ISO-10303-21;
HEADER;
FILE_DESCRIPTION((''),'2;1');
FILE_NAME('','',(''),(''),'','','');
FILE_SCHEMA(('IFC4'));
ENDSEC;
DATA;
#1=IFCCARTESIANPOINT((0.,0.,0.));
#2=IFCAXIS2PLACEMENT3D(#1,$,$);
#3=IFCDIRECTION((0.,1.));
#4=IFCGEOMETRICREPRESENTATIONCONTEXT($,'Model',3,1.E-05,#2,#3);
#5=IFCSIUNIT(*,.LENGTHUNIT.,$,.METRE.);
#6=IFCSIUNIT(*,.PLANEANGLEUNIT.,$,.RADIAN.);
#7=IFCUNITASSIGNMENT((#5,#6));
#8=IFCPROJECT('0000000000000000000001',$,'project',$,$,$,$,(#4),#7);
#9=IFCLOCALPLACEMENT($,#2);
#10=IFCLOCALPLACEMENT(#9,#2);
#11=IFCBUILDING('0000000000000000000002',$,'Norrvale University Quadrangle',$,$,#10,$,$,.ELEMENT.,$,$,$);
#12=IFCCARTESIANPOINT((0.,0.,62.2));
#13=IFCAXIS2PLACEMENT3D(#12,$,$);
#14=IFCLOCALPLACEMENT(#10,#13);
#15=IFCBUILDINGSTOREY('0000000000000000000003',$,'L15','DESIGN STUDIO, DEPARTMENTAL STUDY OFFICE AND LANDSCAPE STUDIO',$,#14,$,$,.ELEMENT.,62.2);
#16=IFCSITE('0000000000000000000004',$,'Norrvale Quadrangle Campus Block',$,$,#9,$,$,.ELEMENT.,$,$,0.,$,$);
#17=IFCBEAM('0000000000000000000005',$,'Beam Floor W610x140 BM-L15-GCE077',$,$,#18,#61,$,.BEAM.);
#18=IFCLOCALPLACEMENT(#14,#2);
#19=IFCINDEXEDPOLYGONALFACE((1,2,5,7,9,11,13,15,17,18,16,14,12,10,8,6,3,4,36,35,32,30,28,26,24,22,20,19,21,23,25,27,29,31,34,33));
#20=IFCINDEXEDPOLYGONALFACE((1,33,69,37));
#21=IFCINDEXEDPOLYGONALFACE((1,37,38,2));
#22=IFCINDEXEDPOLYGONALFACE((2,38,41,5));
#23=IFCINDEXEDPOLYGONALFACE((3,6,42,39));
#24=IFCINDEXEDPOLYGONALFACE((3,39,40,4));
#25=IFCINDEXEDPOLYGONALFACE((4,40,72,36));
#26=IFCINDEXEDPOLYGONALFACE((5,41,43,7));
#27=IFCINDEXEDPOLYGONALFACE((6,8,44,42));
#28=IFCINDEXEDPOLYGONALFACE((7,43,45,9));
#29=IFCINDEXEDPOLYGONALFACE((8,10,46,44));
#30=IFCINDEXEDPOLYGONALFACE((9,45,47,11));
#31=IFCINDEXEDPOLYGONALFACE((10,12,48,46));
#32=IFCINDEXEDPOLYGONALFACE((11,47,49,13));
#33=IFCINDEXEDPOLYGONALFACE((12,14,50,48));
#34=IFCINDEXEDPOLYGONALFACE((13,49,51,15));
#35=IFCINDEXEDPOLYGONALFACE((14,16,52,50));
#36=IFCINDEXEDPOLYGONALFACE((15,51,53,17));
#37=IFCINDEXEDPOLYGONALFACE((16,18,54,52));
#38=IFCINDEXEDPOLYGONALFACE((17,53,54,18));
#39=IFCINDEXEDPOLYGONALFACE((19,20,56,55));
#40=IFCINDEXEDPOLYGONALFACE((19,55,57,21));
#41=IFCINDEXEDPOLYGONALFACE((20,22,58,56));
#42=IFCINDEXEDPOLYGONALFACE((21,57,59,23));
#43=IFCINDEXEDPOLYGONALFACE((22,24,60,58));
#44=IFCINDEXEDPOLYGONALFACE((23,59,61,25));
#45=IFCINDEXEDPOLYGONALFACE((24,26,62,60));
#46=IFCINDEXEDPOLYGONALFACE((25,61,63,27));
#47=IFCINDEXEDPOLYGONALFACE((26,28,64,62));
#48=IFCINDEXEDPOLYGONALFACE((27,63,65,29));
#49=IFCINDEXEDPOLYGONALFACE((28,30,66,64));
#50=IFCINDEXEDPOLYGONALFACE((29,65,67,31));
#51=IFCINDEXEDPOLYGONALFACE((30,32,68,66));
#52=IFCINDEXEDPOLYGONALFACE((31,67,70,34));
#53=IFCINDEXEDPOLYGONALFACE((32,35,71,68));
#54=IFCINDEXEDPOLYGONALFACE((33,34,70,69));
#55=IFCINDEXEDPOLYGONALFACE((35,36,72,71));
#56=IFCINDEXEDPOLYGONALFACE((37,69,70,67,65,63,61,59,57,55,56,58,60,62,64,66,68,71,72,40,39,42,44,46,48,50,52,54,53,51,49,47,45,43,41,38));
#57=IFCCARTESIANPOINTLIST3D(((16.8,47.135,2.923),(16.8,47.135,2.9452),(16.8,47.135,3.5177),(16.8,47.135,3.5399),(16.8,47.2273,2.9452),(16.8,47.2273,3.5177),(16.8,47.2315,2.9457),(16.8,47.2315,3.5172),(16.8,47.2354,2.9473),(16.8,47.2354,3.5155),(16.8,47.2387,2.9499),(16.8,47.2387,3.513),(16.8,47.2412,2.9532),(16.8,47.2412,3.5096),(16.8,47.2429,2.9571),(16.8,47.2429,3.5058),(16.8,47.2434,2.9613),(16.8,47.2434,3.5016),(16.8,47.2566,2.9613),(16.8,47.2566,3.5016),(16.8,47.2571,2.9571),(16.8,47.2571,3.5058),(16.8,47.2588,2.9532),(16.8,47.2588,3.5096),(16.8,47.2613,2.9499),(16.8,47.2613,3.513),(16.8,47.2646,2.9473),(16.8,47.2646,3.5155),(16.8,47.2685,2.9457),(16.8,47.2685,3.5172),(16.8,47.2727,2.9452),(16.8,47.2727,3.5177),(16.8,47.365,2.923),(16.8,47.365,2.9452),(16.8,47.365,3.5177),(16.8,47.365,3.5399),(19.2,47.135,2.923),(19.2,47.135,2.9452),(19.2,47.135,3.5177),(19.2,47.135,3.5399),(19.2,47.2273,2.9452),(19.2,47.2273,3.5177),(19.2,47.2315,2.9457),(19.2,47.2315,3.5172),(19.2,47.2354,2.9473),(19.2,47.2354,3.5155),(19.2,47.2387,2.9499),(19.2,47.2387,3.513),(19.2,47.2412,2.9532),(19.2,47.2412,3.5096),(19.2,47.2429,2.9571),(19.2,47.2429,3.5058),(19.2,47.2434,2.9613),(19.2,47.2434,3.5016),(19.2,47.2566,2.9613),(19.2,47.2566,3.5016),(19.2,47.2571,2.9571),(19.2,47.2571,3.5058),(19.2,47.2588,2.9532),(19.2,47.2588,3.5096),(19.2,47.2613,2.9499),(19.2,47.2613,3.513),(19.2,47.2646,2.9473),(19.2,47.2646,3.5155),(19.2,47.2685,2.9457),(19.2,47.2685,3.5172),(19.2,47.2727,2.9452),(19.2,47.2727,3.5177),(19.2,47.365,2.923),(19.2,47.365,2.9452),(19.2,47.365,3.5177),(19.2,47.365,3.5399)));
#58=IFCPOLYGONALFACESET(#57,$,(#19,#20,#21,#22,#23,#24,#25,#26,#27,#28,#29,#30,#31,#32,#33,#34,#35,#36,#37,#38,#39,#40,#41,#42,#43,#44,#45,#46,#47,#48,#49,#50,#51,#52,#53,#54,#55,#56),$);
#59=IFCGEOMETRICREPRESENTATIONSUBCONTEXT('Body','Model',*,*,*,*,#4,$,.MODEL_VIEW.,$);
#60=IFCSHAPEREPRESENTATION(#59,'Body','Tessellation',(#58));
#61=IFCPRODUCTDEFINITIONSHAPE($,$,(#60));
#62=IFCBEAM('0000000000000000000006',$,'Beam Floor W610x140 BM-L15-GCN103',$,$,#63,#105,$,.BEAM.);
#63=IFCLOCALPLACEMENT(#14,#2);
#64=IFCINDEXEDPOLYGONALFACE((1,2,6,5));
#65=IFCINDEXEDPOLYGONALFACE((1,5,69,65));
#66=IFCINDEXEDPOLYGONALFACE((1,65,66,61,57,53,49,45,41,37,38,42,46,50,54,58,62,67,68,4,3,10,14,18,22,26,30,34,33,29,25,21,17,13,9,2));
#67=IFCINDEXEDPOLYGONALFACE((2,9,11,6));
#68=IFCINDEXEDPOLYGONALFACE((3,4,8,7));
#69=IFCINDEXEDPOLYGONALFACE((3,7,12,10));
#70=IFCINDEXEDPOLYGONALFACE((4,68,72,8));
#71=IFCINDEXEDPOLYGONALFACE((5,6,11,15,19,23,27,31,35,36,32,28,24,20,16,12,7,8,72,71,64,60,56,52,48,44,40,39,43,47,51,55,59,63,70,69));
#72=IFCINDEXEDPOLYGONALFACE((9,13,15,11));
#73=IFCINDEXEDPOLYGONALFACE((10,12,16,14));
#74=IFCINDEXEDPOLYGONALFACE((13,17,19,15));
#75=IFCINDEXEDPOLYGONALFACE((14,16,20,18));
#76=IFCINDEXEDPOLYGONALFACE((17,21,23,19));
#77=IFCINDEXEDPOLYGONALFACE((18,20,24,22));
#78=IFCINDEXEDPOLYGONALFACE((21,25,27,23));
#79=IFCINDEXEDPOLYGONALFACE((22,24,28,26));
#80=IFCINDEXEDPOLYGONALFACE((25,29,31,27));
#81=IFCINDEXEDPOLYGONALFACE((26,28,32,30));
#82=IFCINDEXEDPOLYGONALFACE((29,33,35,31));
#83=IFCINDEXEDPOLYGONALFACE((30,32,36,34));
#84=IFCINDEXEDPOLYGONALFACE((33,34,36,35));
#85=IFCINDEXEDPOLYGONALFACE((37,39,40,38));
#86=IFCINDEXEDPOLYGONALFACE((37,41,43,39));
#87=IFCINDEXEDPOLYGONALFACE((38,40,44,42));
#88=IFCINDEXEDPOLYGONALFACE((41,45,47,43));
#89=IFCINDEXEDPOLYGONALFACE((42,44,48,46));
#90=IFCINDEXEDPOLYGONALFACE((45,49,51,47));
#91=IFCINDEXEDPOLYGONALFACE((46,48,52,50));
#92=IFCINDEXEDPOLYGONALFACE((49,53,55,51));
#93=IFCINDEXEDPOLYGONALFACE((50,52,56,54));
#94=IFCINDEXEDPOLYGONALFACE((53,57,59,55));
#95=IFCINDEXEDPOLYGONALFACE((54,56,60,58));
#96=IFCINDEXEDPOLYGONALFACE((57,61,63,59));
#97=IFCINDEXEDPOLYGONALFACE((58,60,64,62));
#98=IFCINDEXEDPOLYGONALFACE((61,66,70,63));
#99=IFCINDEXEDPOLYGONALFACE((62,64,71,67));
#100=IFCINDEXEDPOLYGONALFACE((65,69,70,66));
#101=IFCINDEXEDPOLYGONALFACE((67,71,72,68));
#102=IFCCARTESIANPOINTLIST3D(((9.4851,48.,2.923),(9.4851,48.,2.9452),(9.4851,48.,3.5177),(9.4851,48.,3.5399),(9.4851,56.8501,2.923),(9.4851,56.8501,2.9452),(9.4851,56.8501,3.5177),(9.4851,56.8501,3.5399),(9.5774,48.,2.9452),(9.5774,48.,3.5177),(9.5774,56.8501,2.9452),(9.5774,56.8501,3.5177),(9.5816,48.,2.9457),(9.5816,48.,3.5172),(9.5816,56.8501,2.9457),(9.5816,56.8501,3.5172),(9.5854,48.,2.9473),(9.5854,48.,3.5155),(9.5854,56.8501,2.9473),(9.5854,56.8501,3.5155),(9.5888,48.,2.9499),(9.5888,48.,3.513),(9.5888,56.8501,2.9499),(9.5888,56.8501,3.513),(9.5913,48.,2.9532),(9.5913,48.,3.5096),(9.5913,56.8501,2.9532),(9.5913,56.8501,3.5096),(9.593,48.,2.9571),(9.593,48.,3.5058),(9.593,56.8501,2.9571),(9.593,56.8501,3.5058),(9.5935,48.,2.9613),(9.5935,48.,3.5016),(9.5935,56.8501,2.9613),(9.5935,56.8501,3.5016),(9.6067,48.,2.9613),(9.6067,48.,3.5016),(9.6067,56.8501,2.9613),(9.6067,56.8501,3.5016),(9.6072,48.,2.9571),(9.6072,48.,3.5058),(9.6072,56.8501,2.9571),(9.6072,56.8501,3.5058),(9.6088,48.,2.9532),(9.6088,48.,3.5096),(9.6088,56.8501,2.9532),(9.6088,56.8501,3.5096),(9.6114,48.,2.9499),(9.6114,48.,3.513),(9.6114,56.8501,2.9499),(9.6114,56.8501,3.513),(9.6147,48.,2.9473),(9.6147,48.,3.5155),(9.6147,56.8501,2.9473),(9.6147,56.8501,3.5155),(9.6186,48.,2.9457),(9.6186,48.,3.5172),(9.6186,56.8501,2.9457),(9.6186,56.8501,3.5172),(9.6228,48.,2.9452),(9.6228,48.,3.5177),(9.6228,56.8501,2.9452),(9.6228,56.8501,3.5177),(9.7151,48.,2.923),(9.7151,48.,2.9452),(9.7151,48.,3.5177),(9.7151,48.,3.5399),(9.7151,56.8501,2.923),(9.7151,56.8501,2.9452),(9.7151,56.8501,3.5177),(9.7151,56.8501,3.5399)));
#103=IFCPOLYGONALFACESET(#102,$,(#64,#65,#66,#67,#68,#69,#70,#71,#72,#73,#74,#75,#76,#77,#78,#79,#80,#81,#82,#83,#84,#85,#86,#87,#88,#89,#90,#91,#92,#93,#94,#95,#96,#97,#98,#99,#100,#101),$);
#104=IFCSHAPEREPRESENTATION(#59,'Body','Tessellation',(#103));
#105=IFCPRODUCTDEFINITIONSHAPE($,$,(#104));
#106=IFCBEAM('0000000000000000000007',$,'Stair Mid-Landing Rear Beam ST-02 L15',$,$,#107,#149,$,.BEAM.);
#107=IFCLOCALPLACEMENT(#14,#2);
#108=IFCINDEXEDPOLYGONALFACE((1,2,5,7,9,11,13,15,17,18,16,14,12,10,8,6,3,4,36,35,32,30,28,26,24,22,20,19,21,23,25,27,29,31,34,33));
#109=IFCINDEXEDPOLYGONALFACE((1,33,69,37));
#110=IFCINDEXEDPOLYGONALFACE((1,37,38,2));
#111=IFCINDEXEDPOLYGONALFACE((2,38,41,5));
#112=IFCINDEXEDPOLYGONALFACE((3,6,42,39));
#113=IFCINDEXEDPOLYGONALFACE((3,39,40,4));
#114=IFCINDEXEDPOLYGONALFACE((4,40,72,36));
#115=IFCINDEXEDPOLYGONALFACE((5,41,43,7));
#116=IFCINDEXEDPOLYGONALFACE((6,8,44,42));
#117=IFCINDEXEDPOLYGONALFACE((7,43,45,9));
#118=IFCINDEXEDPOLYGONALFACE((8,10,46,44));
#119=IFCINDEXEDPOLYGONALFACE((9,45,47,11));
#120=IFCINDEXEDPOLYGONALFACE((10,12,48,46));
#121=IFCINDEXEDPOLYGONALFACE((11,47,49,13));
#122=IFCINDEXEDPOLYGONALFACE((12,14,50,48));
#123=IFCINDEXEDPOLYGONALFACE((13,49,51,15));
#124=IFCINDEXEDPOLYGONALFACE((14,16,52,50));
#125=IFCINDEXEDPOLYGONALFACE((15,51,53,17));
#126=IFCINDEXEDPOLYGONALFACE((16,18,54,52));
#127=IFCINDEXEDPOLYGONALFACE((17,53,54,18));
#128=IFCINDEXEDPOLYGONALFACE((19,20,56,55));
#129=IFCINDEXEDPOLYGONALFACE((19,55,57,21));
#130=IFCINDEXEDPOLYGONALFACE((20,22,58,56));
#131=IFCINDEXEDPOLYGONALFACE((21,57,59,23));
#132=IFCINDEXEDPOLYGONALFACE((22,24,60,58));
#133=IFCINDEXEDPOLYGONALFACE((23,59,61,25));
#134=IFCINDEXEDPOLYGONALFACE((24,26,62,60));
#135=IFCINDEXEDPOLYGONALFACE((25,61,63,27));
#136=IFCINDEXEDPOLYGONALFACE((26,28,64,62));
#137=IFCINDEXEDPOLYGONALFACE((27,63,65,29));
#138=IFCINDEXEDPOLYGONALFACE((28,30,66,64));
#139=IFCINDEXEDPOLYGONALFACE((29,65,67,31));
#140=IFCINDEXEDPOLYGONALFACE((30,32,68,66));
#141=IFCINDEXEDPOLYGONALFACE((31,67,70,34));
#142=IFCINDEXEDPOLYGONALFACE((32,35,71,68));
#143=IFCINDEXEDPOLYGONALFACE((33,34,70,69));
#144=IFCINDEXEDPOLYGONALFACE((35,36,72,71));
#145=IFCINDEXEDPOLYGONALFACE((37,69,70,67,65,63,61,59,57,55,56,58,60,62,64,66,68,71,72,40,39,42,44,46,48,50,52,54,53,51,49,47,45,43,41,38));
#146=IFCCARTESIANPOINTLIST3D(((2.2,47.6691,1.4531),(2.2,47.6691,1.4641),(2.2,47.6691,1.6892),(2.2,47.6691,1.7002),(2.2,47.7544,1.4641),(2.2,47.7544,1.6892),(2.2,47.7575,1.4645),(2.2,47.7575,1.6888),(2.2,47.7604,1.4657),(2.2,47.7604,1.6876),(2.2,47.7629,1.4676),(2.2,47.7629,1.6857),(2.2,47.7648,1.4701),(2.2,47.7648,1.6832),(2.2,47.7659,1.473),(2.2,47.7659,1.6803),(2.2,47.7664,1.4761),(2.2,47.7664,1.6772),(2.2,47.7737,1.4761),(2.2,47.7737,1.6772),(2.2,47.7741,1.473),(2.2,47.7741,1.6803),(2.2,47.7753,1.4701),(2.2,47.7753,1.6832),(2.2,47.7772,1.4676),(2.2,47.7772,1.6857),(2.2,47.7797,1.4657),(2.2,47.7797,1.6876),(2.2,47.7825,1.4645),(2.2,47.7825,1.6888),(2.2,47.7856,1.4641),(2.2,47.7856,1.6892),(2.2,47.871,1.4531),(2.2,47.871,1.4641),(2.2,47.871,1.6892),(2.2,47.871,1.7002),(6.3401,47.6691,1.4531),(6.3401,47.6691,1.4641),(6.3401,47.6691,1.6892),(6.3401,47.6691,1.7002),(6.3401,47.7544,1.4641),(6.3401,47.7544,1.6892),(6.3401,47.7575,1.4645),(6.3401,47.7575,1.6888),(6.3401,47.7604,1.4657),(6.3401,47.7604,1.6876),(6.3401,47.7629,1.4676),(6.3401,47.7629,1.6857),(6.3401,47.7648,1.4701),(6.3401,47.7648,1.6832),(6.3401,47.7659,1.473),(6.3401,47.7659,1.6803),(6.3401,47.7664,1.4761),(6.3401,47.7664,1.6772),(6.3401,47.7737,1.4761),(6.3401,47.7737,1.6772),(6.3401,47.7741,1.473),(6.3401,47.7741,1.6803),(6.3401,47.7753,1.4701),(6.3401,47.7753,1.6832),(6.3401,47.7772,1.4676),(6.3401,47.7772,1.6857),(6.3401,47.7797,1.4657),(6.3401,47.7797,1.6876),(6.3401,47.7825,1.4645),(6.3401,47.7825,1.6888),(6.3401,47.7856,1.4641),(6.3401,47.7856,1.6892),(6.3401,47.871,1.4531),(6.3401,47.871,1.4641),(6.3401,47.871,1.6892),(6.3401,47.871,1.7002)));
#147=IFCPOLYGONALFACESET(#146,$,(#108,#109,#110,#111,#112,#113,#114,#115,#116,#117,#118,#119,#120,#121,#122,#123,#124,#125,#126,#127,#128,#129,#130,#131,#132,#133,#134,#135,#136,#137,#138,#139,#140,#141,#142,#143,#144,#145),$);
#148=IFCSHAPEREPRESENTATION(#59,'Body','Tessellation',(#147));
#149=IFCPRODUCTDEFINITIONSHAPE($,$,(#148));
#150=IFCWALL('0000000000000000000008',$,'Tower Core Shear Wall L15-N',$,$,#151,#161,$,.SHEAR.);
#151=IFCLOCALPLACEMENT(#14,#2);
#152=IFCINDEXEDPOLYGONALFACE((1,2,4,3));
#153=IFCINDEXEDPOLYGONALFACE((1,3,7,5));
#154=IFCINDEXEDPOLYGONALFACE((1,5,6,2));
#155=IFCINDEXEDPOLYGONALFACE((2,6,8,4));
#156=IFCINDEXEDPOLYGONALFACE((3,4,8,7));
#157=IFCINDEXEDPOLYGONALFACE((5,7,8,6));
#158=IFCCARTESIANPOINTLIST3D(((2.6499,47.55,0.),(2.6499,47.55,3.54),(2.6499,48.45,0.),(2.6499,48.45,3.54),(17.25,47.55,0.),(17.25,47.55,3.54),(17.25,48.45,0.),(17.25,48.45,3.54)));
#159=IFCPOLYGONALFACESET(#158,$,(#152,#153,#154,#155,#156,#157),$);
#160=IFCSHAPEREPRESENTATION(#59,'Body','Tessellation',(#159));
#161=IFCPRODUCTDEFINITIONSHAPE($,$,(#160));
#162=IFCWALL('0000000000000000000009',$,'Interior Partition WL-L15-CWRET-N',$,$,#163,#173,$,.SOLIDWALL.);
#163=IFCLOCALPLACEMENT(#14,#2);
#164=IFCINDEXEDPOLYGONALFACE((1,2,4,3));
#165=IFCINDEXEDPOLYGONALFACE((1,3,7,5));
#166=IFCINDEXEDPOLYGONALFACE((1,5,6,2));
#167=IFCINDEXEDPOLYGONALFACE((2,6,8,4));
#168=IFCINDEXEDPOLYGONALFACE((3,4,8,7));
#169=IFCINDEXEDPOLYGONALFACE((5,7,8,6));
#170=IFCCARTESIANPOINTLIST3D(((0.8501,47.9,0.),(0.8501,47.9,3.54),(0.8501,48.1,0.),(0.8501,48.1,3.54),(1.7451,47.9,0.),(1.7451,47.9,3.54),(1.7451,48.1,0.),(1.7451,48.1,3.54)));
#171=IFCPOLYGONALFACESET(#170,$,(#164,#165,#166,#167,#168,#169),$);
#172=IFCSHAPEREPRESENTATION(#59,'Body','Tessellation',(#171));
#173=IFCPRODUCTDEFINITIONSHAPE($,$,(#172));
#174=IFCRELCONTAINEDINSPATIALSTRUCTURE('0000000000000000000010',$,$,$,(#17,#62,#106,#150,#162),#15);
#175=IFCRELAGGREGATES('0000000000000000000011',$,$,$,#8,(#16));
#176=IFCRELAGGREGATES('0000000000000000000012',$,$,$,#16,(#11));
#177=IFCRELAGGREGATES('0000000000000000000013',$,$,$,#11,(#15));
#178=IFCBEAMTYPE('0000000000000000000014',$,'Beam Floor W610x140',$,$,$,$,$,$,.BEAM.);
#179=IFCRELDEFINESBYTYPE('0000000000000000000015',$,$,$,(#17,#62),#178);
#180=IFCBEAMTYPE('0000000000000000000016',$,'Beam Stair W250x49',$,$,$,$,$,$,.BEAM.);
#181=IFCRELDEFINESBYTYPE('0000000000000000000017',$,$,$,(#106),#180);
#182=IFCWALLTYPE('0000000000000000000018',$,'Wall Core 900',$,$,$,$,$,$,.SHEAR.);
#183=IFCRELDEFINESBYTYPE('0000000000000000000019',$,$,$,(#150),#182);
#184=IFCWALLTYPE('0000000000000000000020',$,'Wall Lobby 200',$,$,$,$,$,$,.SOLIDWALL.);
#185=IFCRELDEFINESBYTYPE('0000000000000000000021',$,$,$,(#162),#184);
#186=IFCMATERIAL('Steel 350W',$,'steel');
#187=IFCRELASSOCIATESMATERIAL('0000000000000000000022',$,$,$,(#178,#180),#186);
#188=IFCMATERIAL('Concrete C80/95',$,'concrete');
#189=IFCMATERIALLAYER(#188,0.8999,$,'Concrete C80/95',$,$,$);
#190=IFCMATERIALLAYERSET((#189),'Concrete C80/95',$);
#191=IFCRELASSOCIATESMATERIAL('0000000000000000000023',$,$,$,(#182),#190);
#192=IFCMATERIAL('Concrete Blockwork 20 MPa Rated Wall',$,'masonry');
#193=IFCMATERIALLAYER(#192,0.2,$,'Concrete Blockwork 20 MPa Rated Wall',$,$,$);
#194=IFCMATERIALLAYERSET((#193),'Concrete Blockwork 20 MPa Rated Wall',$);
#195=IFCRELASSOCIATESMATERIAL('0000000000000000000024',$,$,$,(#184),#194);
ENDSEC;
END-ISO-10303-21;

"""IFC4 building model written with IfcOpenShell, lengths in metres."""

from ifc_helpers import new_model, si_unit, direction, frame, frame_2d, origin, origin_2d, place, context, subcontext, project, spatial, rectangle, i_section, extrude, material, layer, layer_set, material_profile, profile_set, type_object, element, save


model = new_model("IFC4")

# Units and contexts
model_context = context("Model", 3, precision=1e-05, world=origin(), true_north=direction((0.0, 1.0)))
body_context = subcontext(model_context, "Body", "Model", "MODEL_VIEW")
ifc_project = project(units=[si_unit("LENGTHUNIT", "METRE"), si_unit("PLANEANGLEUNIT", "RADIAN")], contexts=[model_context])

# Site, building, storey
site_placement = place(None, origin())
site = spatial("IfcSite", under=ifc_project, at=site_placement, Name="Norrvale Quadrangle Campus Block", CompositionType="ELEMENT", RefElevation=0.0)
building_placement = place(site_placement, origin())
building = spatial("IfcBuilding", under=site, at=building_placement, Name="Norrvale University Quadrangle", CompositionType="ELEMENT")
storey_placement = place(building_placement, frame((0.0, 0.0, 62.2)))
storey = spatial("IfcBuildingStorey", under=building, at=storey_placement, Name="L15", Description="DESIGN STUDIO, DEPARTMENTAL STUDY OFFICE AND LANDSCAPE STUDIO", CompositionType="ELEMENT", Elevation=62.2)

# Shared definitions
ifc_material_1 = material(Name="Concrete C80/95", Category="concrete")

# Beams
ifc_material_2 = material(Name="Steel 350W", Category="steel")
ifc_material_profile_1 = material_profile(ifc_material_2, i_section(OverallWidth=0.23, OverallDepth=0.6169, WebThickness=0.0132, FlangeThickness=0.0222, FilletRadius=0.0161, at=origin_2d()), Name="Steel 350W")
ifc_profile_set_1 = profile_set([ifc_material_profile_1], Name="Steel 350W")
beam_type_1 = type_object("IfcBeamType", Name="Beam Floor W610x140", PredefinedType="BEAM", material=ifc_profile_set_1)
beam_1_placement = place(storey_placement, frame((16.8, 47.25, 3.2314), z_axis=(1.0, 0.0, 0.0), x_axis=(0.0, 1.0, 0.0)))
element("IfcBeam", 1, at=beam_1_placement, inside=storey, type_object=beam_type_1, Name="Beam Floor W610x140 BM-L15-GCE077", PredefinedType="BEAM", context=body_context, shape_type="SweptSolid", body=[
    extrude(i_section(OverallWidth=0.23, OverallDepth=0.6169, WebThickness=0.0132, FlangeThickness=0.0222, FilletRadius=0.0161, at=origin_2d()), origin(), (0.0, 0.0, 1.0), 2.3999),
])
beam_2_placement = place(storey_placement, frame((9.6001, 48.0, 3.2314), z_axis=(0.0, 1.0, 0.0), x_axis=(-1.0, 0.0, 0.0)))
element("IfcBeam", 2, at=beam_2_placement, inside=storey, type_object=beam_type_1, Name="Beam Floor W610x140 BM-L15-GCN103", PredefinedType="BEAM", context=body_context, shape_type="SweptSolid", body=[
    extrude(i_section(OverallWidth=0.23, OverallDepth=0.6169, WebThickness=0.0132, FlangeThickness=0.0222, FilletRadius=0.0161, at=origin_2d()), origin(), (0.0, 0.0, 1.0), 8.8501),
])
ifc_material_profile_2 = material_profile(ifc_material_2, i_section(OverallWidth=0.2019, OverallDepth=0.2471, WebThickness=0.0073, FlangeThickness=0.011, FilletRadius=0.012, at=origin_2d()), Name="Steel 350W")
ifc_profile_set_2 = profile_set([ifc_material_profile_2], Name="Steel 350W")
beam_type_2 = type_object("IfcBeamType", Name="Beam Stair W250x49", PredefinedType="BEAM", material=ifc_profile_set_2)
beam_3_placement = place(storey_placement, frame((2.2, 47.77, 1.5767), z_axis=(1.0, 0.0, 0.0), x_axis=(0.0, 1.0, 0.0)))
element("IfcBeam", 3, at=beam_3_placement, inside=storey, type_object=beam_type_2, Name="Stair Mid-Landing Rear Beam ST-02 L15", PredefinedType="BEAM", context=body_context, shape_type="SweptSolid", body=[
    extrude(i_section(OverallWidth=0.2019, OverallDepth=0.2471, WebThickness=0.0073, FlangeThickness=0.011, FilletRadius=0.012, at=origin_2d()), origin(), (0.0, 0.0, 1.0), 4.1401),
])

# Wall
ifc_layer_1 = layer(ifc_material_1, 0.8999, Name="Concrete C80/95")
ifc_layer_set_1 = layer_set([ifc_layer_1], Name="Concrete C80/95")
wall_type_1 = type_object("IfcWallType", Name="Wall Core 900", PredefinedType="SHEAR", material=ifc_layer_set_1)
wall_1_placement = place(storey_placement, frame((2.6499, 48.0, 0.0), z_axis=(0.0, 0.0, 1.0), x_axis=(1.0, 0.0, 0.0)))
element("IfcWall", 4, at=wall_1_placement, inside=storey, type_object=wall_type_1, Name="Tower Core Shear Wall L15-N", PredefinedType="SHEAR", context=body_context, shape_type="SweptSolid", body=[
    extrude(rectangle(XDim=14.6001, YDim=0.8999, at=frame_2d((7.3, 0.0))), origin(), (0.0, 0.0, 1.0), 3.54),
])

# Wall
ifc_material_3 = material(Name="Concrete Blockwork 20 MPa Rated Wall", Category="masonry")
ifc_layer_2 = layer(ifc_material_3, 0.2, Name="Concrete Blockwork 20 MPa Rated Wall")
ifc_layer_set_2 = layer_set([ifc_layer_2], Name="Concrete Blockwork 20 MPa Rated Wall")
wall_type_2 = type_object("IfcWallType", Name="Wall Lobby 200", PredefinedType="SOLIDWALL", material=ifc_layer_set_2)
wall_2_placement = place(storey_placement, frame((0.8501, 48.0, 0.0), z_axis=(0.0, 0.0, 1.0), x_axis=(1.0, 0.0, 0.0)))
element("IfcWall", 5, at=wall_2_placement, inside=storey, type_object=wall_type_2, Name="Interior Partition WL-L15-CWRET-N", PredefinedType="SOLIDWALL", context=body_context, shape_type="SweptSolid", body=[
    extrude(rectangle(XDim=0.895, YDim=0.2, at=frame_2d((0.4475, 0.0))), origin(), (0.0, 0.0, 1.0), 3.54),
])

save(model, "model.ifc")
